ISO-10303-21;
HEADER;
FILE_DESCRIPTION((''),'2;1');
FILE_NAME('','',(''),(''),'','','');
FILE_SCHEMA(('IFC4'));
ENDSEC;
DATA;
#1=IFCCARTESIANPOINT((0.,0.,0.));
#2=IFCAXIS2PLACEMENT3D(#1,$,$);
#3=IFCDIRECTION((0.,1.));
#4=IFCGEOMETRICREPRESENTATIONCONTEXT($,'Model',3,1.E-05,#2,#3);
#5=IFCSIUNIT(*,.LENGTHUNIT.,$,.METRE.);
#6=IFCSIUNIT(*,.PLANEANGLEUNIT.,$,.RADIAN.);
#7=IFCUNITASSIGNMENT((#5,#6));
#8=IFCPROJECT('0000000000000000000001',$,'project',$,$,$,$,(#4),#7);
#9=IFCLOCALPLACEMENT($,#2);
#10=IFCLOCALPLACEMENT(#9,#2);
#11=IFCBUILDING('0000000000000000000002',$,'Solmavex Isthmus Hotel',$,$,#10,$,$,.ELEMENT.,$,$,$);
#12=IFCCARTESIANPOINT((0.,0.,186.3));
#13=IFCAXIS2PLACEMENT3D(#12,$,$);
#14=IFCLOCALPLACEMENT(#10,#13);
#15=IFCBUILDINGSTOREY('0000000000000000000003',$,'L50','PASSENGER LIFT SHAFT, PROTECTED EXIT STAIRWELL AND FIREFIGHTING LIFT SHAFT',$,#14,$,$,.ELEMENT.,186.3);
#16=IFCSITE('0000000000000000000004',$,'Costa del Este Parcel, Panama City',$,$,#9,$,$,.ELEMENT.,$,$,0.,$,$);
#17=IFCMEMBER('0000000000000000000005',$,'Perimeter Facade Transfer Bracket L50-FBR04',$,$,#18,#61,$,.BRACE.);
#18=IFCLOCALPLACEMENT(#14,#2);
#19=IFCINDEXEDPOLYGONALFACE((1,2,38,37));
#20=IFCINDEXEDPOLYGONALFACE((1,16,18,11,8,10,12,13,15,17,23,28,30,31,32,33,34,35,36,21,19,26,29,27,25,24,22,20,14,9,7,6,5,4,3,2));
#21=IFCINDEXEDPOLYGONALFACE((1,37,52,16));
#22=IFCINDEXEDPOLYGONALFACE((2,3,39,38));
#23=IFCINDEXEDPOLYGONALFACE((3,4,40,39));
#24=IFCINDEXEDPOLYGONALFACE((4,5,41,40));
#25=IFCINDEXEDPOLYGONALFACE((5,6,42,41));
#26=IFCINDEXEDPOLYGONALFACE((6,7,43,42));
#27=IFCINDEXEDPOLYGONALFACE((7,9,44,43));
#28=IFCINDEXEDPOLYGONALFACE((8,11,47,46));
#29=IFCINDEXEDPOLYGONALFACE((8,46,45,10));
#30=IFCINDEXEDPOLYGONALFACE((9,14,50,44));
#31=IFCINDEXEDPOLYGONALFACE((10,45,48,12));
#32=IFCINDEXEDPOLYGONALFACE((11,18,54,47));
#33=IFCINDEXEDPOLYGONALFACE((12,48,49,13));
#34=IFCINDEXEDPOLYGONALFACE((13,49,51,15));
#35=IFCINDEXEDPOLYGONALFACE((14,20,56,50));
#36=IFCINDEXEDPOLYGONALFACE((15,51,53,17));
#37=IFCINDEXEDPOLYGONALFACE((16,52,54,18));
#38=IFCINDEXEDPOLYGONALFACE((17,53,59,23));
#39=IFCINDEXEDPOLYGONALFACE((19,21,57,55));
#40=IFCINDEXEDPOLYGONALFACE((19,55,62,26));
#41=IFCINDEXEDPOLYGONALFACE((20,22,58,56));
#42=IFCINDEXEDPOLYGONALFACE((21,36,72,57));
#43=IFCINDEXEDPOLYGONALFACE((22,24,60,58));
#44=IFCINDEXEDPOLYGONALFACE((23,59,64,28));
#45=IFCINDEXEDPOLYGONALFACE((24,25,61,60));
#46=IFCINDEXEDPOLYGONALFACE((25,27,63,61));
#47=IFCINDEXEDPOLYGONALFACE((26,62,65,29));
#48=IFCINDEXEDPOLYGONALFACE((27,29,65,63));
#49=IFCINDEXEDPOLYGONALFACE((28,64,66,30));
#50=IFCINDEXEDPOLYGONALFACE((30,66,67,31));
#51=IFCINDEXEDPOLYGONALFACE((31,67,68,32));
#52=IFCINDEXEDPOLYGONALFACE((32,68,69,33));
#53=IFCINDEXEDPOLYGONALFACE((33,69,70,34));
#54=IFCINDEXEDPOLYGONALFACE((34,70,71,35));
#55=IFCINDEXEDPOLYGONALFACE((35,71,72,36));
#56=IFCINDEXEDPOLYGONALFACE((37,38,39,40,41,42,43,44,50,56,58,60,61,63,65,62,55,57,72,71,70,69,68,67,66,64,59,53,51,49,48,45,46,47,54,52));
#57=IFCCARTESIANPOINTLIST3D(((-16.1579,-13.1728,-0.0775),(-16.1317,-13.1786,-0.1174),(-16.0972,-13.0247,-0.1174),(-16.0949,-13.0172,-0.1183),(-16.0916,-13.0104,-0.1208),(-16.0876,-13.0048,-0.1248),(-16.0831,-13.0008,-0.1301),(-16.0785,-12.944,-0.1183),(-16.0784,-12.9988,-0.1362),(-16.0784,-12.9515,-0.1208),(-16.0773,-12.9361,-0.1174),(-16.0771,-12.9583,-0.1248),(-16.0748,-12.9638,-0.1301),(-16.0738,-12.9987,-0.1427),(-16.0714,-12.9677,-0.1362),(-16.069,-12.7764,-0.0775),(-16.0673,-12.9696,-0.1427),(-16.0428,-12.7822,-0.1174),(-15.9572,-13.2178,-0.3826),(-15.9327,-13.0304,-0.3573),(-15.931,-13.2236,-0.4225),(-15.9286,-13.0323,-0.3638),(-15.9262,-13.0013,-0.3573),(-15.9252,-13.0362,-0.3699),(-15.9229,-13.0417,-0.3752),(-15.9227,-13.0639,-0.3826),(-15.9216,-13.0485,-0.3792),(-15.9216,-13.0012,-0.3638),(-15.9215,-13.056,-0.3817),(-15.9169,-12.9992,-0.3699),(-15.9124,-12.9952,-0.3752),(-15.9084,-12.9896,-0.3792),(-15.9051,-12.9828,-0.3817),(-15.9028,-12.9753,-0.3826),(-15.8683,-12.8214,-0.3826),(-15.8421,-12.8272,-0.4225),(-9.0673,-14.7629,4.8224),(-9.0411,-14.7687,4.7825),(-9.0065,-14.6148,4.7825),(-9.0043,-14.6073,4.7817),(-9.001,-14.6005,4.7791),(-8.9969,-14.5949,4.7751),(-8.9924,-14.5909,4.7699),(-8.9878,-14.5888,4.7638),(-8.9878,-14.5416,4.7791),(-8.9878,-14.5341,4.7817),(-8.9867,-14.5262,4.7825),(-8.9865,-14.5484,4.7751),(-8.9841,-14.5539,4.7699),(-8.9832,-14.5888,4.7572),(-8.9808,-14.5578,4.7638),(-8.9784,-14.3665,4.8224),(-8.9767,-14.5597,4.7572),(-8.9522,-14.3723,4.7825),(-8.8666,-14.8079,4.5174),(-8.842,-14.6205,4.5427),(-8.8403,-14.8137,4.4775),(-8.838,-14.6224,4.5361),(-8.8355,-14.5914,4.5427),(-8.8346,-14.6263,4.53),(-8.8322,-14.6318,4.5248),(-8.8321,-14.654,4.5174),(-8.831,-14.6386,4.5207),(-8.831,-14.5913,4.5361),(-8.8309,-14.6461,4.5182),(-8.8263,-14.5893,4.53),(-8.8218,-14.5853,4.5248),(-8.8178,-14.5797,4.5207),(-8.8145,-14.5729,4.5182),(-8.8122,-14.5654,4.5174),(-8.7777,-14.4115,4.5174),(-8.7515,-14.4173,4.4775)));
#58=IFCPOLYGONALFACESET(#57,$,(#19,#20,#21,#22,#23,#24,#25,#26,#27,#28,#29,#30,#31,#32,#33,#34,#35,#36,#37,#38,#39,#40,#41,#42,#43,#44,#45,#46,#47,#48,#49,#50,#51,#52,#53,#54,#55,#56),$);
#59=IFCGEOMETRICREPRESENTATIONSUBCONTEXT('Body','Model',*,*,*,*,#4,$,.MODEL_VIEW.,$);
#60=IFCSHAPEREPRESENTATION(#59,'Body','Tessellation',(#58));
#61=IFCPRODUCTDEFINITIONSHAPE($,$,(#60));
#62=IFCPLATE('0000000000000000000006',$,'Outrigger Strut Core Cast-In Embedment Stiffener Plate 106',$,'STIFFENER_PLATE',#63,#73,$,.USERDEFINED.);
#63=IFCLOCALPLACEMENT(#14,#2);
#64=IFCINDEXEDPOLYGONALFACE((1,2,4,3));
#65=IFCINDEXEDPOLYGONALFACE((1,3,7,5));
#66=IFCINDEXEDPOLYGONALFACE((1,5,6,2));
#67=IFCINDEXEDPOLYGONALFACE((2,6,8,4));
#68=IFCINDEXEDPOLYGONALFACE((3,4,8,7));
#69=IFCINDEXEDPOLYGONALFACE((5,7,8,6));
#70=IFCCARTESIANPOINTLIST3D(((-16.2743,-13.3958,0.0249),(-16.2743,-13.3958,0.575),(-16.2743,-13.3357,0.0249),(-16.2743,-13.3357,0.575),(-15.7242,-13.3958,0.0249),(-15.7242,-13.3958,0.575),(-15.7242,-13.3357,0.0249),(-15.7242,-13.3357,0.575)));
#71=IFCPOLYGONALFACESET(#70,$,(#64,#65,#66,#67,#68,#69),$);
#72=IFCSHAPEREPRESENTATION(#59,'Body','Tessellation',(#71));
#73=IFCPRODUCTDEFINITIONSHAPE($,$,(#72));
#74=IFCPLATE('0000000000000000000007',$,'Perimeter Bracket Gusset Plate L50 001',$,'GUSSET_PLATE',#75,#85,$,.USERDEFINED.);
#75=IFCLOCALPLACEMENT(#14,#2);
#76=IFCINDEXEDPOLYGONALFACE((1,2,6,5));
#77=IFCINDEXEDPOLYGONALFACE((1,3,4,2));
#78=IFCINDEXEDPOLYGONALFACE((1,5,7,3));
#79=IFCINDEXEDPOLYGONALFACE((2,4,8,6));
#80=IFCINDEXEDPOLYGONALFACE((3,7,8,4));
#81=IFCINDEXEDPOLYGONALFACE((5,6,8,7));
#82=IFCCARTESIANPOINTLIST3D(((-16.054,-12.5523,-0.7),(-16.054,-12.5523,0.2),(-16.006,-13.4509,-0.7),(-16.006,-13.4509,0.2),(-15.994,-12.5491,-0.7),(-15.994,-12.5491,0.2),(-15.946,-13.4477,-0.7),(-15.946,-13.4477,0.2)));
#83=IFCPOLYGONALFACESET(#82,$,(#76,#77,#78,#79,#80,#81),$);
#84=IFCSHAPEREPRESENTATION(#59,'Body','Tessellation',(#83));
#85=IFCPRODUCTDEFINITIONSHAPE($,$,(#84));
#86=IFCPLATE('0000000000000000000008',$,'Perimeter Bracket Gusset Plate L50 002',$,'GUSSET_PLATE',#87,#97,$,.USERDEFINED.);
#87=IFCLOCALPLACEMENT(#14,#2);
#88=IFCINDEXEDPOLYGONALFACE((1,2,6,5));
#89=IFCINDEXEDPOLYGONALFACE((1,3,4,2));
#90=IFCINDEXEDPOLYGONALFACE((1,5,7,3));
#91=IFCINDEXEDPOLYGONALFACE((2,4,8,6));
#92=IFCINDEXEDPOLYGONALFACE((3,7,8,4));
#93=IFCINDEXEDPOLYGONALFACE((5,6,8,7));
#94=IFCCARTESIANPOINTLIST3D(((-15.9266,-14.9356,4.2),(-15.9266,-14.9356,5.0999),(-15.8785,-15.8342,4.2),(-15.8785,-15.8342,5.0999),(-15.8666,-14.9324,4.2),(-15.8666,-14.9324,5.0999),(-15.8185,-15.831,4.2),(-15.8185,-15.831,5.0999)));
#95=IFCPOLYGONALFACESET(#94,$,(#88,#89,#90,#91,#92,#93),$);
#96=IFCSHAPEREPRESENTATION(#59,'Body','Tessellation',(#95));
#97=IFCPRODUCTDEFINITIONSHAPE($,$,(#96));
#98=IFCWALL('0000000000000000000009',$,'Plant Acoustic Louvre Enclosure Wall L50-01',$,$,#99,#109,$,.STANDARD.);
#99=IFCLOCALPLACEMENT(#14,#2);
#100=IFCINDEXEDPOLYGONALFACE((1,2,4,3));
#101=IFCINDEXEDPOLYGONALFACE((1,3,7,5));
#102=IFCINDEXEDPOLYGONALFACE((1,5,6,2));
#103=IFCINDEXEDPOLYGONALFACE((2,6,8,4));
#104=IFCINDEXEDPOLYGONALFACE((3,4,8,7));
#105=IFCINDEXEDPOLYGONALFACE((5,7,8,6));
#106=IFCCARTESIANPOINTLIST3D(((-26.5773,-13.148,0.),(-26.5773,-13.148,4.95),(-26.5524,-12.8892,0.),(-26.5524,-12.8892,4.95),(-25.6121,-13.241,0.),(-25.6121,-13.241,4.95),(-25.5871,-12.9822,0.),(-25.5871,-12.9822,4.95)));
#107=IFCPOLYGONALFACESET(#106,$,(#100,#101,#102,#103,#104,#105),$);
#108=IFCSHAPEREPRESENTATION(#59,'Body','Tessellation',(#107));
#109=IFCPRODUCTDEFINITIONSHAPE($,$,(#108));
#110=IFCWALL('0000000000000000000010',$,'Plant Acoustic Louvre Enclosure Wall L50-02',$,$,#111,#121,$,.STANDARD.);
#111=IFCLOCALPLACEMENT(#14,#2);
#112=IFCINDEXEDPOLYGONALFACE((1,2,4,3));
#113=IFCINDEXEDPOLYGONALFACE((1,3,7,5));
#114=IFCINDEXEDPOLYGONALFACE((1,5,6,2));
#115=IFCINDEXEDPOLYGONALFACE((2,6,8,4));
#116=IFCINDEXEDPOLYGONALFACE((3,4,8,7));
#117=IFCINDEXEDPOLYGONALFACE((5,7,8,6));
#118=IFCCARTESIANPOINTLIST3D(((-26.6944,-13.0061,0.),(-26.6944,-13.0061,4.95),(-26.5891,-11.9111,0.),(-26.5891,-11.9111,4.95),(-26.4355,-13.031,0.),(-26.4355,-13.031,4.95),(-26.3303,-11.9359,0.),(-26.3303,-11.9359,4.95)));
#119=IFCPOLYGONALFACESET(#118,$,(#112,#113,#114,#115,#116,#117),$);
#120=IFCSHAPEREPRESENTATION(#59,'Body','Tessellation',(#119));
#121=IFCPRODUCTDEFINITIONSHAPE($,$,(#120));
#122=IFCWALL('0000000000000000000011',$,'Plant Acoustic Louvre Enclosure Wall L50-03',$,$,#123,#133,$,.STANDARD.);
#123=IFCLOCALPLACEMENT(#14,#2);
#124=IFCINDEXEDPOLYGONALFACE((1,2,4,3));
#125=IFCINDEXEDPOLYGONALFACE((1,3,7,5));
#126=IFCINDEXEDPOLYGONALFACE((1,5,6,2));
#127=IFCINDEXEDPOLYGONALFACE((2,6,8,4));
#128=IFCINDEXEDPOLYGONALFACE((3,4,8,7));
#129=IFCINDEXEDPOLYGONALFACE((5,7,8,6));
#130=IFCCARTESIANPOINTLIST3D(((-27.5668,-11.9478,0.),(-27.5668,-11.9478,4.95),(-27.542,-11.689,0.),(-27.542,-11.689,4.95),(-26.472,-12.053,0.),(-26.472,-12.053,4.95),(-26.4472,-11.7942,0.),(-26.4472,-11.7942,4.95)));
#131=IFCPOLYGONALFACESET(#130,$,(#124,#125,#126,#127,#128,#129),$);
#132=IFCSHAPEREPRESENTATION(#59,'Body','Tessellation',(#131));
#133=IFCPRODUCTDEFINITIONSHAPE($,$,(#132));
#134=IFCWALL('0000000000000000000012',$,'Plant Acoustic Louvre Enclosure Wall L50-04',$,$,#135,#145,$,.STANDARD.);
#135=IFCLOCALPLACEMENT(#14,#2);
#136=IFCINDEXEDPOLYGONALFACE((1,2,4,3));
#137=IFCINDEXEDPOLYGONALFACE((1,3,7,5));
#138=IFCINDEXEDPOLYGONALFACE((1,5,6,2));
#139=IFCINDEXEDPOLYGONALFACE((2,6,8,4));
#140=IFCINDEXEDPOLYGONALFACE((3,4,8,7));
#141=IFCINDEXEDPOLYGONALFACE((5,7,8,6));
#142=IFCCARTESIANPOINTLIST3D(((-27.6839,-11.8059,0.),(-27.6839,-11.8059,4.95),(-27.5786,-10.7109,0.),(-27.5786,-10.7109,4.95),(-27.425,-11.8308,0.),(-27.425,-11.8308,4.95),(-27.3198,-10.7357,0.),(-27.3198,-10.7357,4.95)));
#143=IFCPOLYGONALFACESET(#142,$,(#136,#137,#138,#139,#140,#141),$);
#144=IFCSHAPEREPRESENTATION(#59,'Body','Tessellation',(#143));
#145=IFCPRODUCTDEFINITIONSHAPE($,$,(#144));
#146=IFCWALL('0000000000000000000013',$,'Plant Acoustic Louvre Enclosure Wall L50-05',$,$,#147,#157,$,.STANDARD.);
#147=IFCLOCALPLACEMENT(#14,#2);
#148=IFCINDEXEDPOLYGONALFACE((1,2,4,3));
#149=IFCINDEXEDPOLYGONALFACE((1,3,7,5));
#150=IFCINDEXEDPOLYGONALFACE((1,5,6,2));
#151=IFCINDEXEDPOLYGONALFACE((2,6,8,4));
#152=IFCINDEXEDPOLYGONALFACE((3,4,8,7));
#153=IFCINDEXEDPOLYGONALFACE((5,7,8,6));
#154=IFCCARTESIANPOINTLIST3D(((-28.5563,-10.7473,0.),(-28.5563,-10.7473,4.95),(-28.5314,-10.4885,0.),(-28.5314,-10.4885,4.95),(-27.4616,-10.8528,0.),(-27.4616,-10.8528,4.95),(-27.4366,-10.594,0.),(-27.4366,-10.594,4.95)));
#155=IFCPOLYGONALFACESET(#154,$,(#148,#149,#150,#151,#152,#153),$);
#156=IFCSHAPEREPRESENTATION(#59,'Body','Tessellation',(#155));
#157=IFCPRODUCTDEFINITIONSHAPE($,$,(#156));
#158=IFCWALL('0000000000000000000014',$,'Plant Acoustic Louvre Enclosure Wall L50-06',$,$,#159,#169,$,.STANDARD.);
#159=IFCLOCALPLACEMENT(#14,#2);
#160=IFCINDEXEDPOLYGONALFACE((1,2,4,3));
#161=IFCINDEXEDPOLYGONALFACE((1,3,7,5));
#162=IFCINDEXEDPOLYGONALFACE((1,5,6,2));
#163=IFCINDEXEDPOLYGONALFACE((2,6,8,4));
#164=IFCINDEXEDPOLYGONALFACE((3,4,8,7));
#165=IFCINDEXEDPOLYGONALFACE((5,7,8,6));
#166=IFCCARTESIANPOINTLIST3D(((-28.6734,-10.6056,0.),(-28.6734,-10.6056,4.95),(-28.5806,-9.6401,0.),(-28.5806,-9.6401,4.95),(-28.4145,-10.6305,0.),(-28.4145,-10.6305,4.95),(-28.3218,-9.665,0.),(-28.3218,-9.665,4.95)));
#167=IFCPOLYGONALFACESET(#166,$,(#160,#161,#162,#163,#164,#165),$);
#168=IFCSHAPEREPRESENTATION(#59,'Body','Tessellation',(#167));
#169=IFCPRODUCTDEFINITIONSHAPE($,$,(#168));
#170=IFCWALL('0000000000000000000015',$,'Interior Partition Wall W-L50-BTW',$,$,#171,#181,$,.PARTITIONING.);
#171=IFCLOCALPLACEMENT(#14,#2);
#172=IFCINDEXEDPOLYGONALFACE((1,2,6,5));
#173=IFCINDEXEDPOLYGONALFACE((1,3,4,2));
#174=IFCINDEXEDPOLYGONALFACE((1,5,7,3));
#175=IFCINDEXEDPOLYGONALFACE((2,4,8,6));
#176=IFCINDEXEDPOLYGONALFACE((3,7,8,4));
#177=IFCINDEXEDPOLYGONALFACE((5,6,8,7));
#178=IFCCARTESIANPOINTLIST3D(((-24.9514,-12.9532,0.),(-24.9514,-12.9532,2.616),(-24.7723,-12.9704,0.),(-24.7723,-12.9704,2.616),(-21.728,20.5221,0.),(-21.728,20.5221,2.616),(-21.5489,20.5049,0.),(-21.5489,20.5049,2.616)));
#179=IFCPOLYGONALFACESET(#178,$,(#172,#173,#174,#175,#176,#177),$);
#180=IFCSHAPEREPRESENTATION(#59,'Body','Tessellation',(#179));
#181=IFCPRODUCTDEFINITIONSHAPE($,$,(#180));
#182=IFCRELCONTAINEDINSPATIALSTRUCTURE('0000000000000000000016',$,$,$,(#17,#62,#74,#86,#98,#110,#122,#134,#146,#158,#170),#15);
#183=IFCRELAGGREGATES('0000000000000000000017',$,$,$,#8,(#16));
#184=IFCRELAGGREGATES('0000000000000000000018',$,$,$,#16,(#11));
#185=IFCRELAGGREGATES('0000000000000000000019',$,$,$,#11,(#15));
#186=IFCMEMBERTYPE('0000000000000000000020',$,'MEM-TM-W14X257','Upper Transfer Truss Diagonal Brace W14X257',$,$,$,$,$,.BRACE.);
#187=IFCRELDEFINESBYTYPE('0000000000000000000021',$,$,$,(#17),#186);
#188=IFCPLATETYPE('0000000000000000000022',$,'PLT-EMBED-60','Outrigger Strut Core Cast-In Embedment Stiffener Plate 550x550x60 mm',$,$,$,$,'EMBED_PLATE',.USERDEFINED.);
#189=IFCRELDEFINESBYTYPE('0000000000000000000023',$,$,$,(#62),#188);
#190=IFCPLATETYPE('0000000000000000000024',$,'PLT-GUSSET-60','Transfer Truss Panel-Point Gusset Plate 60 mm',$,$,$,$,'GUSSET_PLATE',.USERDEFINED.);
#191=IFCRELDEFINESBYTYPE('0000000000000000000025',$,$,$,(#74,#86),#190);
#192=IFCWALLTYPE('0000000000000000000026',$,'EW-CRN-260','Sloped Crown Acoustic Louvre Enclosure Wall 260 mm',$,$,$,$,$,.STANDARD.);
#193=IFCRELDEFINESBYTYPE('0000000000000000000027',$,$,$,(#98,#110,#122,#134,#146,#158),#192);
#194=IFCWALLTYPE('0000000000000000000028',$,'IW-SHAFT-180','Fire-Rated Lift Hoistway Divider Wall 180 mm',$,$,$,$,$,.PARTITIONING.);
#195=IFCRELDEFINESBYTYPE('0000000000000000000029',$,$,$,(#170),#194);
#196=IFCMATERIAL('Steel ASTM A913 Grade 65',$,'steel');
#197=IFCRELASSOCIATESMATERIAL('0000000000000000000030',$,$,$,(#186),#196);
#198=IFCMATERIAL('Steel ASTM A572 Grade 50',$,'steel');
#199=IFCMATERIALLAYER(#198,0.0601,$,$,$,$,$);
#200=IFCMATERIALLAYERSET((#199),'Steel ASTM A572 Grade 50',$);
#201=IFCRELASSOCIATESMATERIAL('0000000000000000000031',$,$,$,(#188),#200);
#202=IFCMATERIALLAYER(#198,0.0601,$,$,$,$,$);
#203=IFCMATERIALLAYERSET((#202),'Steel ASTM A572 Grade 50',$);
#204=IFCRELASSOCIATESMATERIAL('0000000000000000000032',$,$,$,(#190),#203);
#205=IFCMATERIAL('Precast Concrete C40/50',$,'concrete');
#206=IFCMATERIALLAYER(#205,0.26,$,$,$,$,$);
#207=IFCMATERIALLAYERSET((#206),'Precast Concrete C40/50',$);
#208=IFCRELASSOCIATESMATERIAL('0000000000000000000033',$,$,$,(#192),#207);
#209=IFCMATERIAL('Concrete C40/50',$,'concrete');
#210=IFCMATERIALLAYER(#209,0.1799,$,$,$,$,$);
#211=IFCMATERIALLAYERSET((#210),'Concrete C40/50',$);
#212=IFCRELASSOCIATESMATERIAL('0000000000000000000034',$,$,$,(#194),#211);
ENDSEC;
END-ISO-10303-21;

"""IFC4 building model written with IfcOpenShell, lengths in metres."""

from ifc_helpers import new_model, si_unit, direction, frame, frame_2d, origin, origin_2d, place, context, subcontext, project, spatial, rectangle, i_section, extrude, material, layer, layer_set, material_profile, profile_set, type_object, element, save


model = new_model("IFC4")

# Units and contexts
model_context = context("Model", 3, precision=1e-05, world=origin(), true_north=direction((0.0, 1.0)))
body_context = subcontext(model_context, "Body", "Model", "MODEL_VIEW")
ifc_project = project(units=[si_unit("LENGTHUNIT", "METRE"), si_unit("PLANEANGLEUNIT", "RADIAN")], contexts=[model_context])

# Site, building, storey
site_placement = place(None, origin())
site = spatial("IfcSite", under=ifc_project, at=site_placement, Name="Costa del Este Parcel, Panama City", CompositionType="ELEMENT", RefElevation=0.0)
building_placement = place(site_placement, origin())
building = spatial("IfcBuilding", under=site, at=building_placement, Name="Solmavex Isthmus Hotel", CompositionType="ELEMENT")
storey_placement = place(building_placement, frame((0.0, 0.0, 186.3)))
storey = spatial("IfcBuildingStorey", under=building, at=storey_placement, Name="L50", Description="PASSENGER LIFT SHAFT, PROTECTED EXIT STAIRWELL AND FIREFIGHTING LIFT SHAFT", CompositionType="ELEMENT", Elevation=186.3)

# Shared definitions
ifc_material_1 = material(Name="Steel ASTM A913 Grade 65", Category="steel")

# Member
ifc_material_profile_1 = material_profile(ifc_material_1, i_section(OverallWidth=0.4062, OverallDepth=0.416, WebThickness=0.0298, FlangeThickness=0.0481, FilletRadius=0.0305, at=origin_2d()), Name="W14X257")
ifc_profile_set_1 = profile_set([ifc_material_profile_1], Name="Steel ASTM A913 Grade 65")
member_type = type_object("IfcMemberType", Name="MEM-TM-W14X257", Description="Upper Transfer Truss Diagonal Brace W14X257", PredefinedType="BRACE", material=ifc_profile_set_1)
member_1_placement = place(storey_placement, frame((-16.0, -13.0, -0.25), z_axis=(0.809025, -0.181427, 0.559072), x_axis=(0.218819, 0.975765, 0.0)))
element("IfcMember", 1, at=member_1_placement, inside=storey, type_object=member_type, Name="Perimeter Facade Transfer Bracket L50-FBR04", PredefinedType="BRACE", context=body_context, shape_type="SweptSolid", body=[
    extrude(i_section(OverallWidth=0.4062, OverallDepth=0.416, WebThickness=0.0298, FlangeThickness=0.0481, FilletRadius=0.0305, at=origin_2d()), origin(), (0.0, 0.0, 1.0), 8.7644),
])

# Plates
ifc_material_2 = material(Name="Steel ASTM A572 Grade 50", Category="steel")
ifc_layer_1 = layer(ifc_material_2, 0.0601)
ifc_layer_set_1 = layer_set([ifc_layer_1], Name="Steel ASTM A572 Grade 50")
plate_type_1 = type_object("IfcPlateType", Name="PLT-EMBED-60", Description="Outrigger Strut Core Cast-In Embedment Stiffener Plate 550x550x60 mm", ElementType="EMBED_PLATE", PredefinedType="USERDEFINED", material=ifc_layer_set_1)
plate_placement = place(storey_placement, frame((-15.9993, -13.3657, 0.0249), z_axis=(0.0, 0.0, 1.0), x_axis=(1.0, 0.0, 0.0)))
element("IfcPlate", 2, at=plate_placement, inside=storey, type_object=plate_type_1, Name="Outrigger Strut Core Cast-In Embedment Stiffener Plate 106", ObjectType="STIFFENER_PLATE", PredefinedType="USERDEFINED", context=body_context, shape_type="SweptSolid", body=[
    extrude(rectangle(XDim=0.55, YDim=0.0601, at=origin_2d()), origin(), (0.0, 0.0, 1.0), 0.55),
])
ifc_layer_2 = layer(ifc_material_2, 0.0601)
ifc_layer_set_2 = layer_set([ifc_layer_2], Name="Steel ASTM A572 Grade 50")
plate_type_2 = type_object("IfcPlateType", Name="PLT-GUSSET-60", Description="Transfer Truss Panel-Point Gusset Plate 60 mm", ElementType="GUSSET_PLATE", PredefinedType="USERDEFINED", material=ifc_layer_set_2)
for number, where, z_axis, x_axis, name in (
    (3, (-16.0, -13.0, -0.7), (0.0, 0.0, 1.0), (0.053417, -0.998572, 0.0), "Perimeter Bracket Gusset Plate L50 001"),
    (4, (-15.8726, -15.3833, 4.2), (0.0, 0.0, 1.0), (0.053417, -0.998572, 0.0), "Perimeter Bracket Gusset Plate L50 002"),
):
    element("IfcPlate", number, at=place(storey_placement, frame(where, z_axis=z_axis, x_axis=x_axis)), inside=storey, type_object=plate_type_2, Name=name, ObjectType="GUSSET_PLATE", PredefinedType="USERDEFINED", context=body_context, shape_type="SweptSolid", body=[
        extrude(rectangle(XDim=0.8999, YDim=0.0601, at=origin_2d()), origin(), (0.0, 0.0, 1.0), 0.8999),
    ])

# Walls
ifc_material_3 = material(Name="Precast Concrete C40/50", Category="concrete")
ifc_layer_3 = layer(ifc_material_3, 0.26)
ifc_layer_set_3 = layer_set([ifc_layer_3], Name="Precast Concrete C40/50")
wall_type_1 = type_object("IfcWallType", Name="EW-CRN-260", Description="Sloped Crown Acoustic Louvre Enclosure Wall 260 mm", PredefinedType="STANDARD", material=ifc_layer_set_3)
wall_1_placement = place(storey_placement, frame((-25.5996, -13.1116, 0.0), z_axis=(0.0, 0.0, 1.0), x_axis=(-0.99539, 0.095914, 0.0)))
element("IfcWall", 5, at=wall_1_placement, inside=storey, type_object=wall_type_1, Name="Plant Acoustic Louvre Enclosure Wall L50-01", PredefinedType="STANDARD", context=body_context, shape_type="SweptSolid", body=[
    extrude(rectangle(XDim=0.9697, YDim=0.26, at=frame_2d((0.4849, 0.0))), origin(), (0.0, 0.0, 1.0), 4.95),
])
wall_2_placement = place(storey_placement, frame((-26.5649, -13.0186, 0.0), z_axis=(0.0, 0.0, 1.0), x_axis=(0.095657, 0.995414, 0.0)))
element("IfcWall", 6, at=wall_2_placement, inside=storey, type_object=wall_type_1, Name="Plant Acoustic Louvre Enclosure Wall L50-02", PredefinedType="STANDARD", context=body_context, shape_type="SweptSolid", body=[
    extrude(rectangle(XDim=1.1001, YDim=0.26, at=frame_2d((0.55, 0.0))), origin(), (0.0, 0.0, 1.0), 4.95),
])
wall_3_placement = place(storey_placement, frame((-26.4597, -11.9236, 0.0), z_axis=(0.0, 0.0, 1.0), x_axis=(-0.995412, 0.095679, 0.0)))
element("IfcWall", 7, at=wall_3_placement, inside=storey, type_object=wall_type_1, Name="Plant Acoustic Louvre Enclosure Wall L50-03", PredefinedType="STANDARD", context=body_context, shape_type="SweptSolid", body=[
    extrude(rectangle(XDim=1.0999, YDim=0.26, at=frame_2d((0.5498, 0.0))), origin(), (0.0, 0.0, 1.0), 4.95),
])
wall_4_placement = place(storey_placement, frame((-27.5544, -11.8184, 0.0), z_axis=(0.0, 0.0, 1.0), x_axis=(0.095657, 0.995414, 0.0)))
element("IfcWall", 8, at=wall_4_placement, inside=storey, type_object=wall_type_1, Name="Plant Acoustic Louvre Enclosure Wall L50-04", PredefinedType="STANDARD", context=body_context, shape_type="SweptSolid", body=[
    extrude(rectangle(XDim=1.1001, YDim=0.26, at=frame_2d((0.55, 0.0))), origin(), (0.0, 0.0, 1.0), 4.95),
])
wall_5_placement = place(storey_placement, frame((-27.4492, -10.7234, 0.0), z_axis=(0.0, 0.0, 1.0), x_axis=(-0.995391, 0.095899, 0.0)))
element("IfcWall", 9, at=wall_5_placement, inside=storey, type_object=wall_type_1, Name="Plant Acoustic Louvre Enclosure Wall L50-05", PredefinedType="STANDARD", context=body_context, shape_type="SweptSolid", body=[
    extrude(rectangle(XDim=1.0999, YDim=0.26, at=frame_2d((0.5498, 0.0))), origin(), (0.0, 0.0, 1.0), 4.95),
])
wall_6_placement = place(storey_placement, frame((-28.5439, -10.6179, 0.0), z_axis=(0.0, 0.0, 1.0), x_axis=(0.09564, 0.995416, 0.0)))
element("IfcWall", 10, at=wall_6_placement, inside=storey, type_object=wall_type_1, Name="Plant Acoustic Louvre Enclosure Wall L50-06", PredefinedType="STANDARD", context=body_context, shape_type="SweptSolid", body=[
    extrude(rectangle(XDim=0.97, YDim=0.26, at=frame_2d((0.4849, 0.0))), origin(), (0.0, 0.0, 1.0), 4.95),
])
ifc_material_4 = material(Name="Concrete C40/50", Category="concrete")
ifc_layer_4 = layer(ifc_material_4, 0.1799)
ifc_layer_set_4 = layer_set([ifc_layer_4], Name="Concrete C40/50")
wall_type_2 = type_object("IfcWallType", Name="IW-SHAFT-180", Description="Fire-Rated Lift Hoistway Divider Wall 180 mm", PredefinedType="PARTITIONING", material=ifc_layer_set_4)
wall_7_placement = place(storey_placement, frame((-24.8618, -12.9617, 0.0), z_axis=(0.0, 0.0, 1.0), x_axis=(0.095848, 0.995396, 0.0)))
element("IfcWall", 11, at=wall_7_placement, inside=storey, type_object=wall_type_2, Name="Interior Partition Wall W-L50-BTW", PredefinedType="PARTITIONING", context=body_context, shape_type="SweptSolid", body=[
    extrude(rectangle(XDim=33.6301, YDim=0.1799, at=frame_2d((16.8149, 0.0))), origin(), (0.0, 0.0, 1.0), 2.616),
])

save(model, "model.ifc")
